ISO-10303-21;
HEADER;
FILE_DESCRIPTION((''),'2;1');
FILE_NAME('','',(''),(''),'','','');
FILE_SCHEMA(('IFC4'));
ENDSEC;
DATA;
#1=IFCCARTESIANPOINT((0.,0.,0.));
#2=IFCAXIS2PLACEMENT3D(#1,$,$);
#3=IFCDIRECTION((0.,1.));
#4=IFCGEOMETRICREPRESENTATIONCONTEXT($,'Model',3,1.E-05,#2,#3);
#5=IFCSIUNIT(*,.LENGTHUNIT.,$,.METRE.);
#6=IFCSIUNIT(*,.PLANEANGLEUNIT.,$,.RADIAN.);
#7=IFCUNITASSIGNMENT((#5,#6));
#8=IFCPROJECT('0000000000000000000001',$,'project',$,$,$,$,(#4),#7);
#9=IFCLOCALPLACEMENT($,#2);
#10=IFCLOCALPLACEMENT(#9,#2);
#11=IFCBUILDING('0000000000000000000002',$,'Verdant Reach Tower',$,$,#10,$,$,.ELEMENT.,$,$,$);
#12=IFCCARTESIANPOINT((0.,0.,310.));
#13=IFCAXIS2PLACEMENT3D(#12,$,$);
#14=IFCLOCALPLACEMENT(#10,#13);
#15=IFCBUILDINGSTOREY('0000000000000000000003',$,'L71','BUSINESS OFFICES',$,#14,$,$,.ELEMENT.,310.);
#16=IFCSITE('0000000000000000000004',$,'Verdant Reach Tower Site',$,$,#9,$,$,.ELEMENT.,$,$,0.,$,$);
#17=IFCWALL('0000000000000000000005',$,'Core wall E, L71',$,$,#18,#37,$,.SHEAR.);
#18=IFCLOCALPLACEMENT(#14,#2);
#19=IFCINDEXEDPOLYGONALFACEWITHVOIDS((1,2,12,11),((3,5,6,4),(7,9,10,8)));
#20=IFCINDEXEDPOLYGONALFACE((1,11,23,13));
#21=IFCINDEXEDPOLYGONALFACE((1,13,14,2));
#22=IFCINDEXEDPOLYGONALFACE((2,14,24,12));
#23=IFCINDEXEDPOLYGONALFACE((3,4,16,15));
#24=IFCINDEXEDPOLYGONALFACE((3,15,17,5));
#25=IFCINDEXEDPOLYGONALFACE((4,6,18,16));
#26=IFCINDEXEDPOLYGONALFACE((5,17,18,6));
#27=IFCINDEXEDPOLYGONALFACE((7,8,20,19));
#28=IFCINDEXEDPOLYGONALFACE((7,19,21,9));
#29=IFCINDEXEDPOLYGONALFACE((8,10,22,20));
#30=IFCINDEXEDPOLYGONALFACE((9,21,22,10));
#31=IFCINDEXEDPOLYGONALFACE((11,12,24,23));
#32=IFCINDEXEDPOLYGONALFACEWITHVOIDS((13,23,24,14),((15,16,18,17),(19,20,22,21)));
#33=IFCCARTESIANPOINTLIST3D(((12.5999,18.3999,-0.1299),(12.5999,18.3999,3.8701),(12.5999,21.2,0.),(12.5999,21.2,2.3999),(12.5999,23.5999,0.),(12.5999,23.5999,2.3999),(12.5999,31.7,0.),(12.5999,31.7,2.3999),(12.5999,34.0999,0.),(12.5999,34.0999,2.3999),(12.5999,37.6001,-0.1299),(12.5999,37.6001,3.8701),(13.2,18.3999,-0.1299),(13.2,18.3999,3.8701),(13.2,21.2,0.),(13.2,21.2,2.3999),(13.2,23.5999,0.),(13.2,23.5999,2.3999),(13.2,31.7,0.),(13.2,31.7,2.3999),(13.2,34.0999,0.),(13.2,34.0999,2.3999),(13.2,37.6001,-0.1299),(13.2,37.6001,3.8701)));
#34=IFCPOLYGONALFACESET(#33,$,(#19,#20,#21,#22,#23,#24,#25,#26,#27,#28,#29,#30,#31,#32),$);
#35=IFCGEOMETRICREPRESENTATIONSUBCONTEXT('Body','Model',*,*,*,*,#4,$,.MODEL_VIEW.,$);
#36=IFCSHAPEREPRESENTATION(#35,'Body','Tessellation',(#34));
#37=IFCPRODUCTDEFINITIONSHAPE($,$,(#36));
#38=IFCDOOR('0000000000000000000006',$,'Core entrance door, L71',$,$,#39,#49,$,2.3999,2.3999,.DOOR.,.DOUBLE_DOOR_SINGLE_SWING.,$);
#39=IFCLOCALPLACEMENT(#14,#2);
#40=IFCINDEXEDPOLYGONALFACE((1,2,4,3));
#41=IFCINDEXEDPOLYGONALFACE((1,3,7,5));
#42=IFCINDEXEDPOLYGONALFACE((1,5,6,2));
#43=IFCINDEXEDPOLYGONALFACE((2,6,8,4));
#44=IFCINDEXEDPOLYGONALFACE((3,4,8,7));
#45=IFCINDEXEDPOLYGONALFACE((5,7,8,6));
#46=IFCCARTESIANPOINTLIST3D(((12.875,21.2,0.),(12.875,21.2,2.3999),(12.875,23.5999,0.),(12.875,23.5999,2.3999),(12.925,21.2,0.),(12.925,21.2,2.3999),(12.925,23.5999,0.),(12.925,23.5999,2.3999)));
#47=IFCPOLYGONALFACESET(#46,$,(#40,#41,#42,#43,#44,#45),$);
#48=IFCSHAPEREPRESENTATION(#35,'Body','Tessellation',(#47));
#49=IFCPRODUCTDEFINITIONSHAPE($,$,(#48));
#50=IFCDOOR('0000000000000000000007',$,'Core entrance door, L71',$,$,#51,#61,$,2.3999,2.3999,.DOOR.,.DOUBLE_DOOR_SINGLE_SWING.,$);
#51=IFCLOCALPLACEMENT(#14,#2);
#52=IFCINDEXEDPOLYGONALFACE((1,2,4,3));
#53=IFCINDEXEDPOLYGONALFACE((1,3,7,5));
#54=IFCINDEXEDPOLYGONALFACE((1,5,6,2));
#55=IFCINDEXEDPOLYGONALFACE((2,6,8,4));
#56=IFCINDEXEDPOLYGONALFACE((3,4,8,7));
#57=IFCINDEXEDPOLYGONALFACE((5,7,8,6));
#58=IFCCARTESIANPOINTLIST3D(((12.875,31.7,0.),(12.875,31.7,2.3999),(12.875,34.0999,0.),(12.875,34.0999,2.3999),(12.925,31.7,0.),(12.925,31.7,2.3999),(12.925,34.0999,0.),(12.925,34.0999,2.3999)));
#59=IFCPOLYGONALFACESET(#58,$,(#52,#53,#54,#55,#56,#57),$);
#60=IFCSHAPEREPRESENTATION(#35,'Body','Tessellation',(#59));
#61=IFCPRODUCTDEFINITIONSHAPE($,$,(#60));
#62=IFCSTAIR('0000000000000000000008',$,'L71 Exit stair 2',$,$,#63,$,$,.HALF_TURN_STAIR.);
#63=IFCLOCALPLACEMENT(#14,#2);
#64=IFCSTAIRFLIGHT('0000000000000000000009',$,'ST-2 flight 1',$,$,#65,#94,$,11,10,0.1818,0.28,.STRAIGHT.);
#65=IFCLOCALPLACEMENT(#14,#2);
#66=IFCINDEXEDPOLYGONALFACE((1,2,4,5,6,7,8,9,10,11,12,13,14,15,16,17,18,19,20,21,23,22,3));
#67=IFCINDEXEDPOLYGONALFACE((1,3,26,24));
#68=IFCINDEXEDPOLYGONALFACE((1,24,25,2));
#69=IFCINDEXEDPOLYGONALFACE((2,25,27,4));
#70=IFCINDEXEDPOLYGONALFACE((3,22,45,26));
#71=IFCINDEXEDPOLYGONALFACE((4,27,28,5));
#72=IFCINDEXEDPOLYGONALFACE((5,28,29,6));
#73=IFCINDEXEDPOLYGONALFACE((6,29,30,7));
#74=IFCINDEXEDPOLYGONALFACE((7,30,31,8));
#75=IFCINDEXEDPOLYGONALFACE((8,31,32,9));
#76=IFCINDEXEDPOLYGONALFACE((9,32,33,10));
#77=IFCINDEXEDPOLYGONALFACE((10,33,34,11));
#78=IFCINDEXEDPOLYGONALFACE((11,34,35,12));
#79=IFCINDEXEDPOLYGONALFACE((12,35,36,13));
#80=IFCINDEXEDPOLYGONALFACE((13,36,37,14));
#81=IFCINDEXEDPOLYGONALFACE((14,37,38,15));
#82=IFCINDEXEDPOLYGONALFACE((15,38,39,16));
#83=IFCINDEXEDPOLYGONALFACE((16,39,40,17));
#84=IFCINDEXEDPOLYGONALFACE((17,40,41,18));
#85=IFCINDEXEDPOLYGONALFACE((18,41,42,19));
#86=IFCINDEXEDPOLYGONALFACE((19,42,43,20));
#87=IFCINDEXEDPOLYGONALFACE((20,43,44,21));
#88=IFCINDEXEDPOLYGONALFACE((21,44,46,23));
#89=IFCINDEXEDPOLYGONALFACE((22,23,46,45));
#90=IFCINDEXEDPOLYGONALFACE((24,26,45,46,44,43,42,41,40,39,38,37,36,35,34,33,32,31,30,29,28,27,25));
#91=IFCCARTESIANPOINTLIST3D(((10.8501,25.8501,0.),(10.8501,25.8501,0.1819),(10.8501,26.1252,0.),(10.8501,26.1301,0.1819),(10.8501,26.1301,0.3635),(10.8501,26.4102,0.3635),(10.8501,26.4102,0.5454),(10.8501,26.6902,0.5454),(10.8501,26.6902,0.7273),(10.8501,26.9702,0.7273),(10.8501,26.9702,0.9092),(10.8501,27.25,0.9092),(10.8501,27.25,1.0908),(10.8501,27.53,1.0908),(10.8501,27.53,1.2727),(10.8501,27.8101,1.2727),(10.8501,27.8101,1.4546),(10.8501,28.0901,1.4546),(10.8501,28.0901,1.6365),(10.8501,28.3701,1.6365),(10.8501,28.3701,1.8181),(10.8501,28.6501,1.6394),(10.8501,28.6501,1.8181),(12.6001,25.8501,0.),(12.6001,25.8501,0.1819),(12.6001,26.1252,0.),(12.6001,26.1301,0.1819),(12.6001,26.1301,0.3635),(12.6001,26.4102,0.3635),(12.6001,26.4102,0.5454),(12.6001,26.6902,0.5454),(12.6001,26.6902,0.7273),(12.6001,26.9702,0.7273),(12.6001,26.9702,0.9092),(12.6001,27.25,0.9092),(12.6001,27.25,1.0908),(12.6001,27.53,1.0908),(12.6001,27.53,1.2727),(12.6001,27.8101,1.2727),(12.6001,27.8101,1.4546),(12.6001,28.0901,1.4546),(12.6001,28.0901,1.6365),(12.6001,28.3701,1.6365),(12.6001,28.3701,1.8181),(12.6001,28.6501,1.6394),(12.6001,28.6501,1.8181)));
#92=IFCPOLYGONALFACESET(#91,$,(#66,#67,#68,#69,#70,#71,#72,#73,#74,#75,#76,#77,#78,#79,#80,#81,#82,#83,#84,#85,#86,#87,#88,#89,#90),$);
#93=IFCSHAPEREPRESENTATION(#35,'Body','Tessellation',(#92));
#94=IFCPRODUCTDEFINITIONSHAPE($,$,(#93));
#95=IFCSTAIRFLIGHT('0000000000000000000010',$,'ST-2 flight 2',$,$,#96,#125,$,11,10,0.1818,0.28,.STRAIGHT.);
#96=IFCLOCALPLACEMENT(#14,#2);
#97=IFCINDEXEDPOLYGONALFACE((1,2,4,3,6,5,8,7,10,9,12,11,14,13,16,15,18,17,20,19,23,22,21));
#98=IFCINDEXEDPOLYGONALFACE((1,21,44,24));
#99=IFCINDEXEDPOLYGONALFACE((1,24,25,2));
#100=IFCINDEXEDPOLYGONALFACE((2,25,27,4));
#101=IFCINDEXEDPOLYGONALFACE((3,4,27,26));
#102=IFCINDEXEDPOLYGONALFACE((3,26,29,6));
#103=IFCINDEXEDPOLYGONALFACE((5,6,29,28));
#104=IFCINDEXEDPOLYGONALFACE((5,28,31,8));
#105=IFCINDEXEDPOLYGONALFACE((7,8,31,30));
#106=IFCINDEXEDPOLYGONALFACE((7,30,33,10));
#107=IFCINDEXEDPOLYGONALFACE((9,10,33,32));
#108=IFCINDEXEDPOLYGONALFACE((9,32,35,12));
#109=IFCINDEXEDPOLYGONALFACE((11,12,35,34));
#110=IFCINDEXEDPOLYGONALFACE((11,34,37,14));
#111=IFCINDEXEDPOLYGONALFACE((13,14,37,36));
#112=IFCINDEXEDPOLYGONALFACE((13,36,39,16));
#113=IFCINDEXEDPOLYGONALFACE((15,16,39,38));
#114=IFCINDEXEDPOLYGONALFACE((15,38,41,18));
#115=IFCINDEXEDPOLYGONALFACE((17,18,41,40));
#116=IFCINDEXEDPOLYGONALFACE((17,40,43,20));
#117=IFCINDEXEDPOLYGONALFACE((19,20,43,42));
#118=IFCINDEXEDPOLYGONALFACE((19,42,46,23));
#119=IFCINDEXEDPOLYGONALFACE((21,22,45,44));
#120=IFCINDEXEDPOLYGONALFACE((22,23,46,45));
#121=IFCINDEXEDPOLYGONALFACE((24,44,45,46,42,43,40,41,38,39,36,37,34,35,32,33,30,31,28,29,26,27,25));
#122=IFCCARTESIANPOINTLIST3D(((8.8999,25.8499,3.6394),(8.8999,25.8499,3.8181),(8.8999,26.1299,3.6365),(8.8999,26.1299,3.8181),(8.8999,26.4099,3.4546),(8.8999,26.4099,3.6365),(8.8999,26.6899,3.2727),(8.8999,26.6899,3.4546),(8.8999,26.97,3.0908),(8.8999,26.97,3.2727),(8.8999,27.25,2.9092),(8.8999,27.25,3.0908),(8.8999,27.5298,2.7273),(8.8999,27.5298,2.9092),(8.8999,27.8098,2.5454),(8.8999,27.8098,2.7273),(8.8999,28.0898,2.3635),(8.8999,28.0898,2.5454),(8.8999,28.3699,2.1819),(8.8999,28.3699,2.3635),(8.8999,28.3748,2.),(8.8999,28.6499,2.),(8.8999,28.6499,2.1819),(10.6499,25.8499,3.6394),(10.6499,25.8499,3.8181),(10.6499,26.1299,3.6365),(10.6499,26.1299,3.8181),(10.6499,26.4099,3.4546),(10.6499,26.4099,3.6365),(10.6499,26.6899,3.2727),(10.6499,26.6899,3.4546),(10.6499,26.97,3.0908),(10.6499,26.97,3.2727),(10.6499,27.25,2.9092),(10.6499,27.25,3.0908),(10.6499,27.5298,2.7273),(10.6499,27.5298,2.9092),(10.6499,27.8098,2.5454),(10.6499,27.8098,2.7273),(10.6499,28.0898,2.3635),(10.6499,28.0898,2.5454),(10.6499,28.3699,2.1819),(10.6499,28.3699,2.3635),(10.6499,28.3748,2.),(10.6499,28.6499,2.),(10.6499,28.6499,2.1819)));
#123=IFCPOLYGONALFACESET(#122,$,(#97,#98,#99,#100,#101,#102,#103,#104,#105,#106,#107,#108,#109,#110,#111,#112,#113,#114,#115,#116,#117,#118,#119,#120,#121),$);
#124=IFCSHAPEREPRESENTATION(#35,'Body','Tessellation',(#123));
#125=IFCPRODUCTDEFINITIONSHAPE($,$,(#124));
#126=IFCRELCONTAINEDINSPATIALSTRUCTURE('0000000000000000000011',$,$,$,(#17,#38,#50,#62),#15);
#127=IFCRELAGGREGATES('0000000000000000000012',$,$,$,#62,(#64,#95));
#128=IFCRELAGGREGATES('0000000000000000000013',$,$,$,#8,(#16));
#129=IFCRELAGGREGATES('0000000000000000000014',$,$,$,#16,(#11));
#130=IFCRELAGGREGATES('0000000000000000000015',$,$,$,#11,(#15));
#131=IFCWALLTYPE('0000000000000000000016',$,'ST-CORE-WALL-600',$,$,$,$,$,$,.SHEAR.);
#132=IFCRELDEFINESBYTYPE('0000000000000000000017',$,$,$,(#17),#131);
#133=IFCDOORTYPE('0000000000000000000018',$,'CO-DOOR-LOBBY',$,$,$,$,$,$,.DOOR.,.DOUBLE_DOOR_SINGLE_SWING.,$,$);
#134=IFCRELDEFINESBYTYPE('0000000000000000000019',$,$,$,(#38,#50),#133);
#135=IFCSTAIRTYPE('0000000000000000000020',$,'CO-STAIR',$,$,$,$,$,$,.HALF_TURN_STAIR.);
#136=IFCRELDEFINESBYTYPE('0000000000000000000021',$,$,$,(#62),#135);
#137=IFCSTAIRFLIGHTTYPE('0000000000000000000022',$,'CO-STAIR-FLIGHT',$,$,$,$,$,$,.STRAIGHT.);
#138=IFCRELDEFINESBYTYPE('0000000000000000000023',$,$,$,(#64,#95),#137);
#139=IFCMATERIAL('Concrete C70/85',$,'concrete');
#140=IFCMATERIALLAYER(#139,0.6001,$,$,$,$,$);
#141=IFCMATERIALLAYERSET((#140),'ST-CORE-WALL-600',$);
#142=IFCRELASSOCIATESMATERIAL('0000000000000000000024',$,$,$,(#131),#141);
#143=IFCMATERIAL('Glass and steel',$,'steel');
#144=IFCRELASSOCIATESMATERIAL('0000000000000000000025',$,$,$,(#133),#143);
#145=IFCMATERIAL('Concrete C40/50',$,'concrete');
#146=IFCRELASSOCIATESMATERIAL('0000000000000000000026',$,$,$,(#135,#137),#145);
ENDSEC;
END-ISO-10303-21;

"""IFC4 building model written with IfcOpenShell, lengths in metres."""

from ifc_helpers import new_model, si_unit, direction, frame, frame_2d, origin, place, context, subcontext, project, spatial, polyline, rectangle, outline, extrude, material, layer, layer_set, type_object, element, fill, aggregate, save


model = new_model("IFC4")

# Units and contexts
model_context = context("Model", 3, precision=1e-05, world=origin(), true_north=direction((0.0, 1.0)))
body_context = subcontext(model_context, "Body", "Model", "MODEL_VIEW")
ifc_project = project(units=[si_unit("LENGTHUNIT", "METRE"), si_unit("PLANEANGLEUNIT", "RADIAN")], contexts=[model_context])

# Site, building, storey
site_placement = place(None, origin())
site = spatial("IfcSite", under=ifc_project, at=site_placement, Name="Verdant Reach Tower Site", CompositionType="ELEMENT", RefElevation=0.0)
building_placement = place(site_placement, origin())
building = spatial("IfcBuilding", under=site, at=building_placement, Name="Verdant Reach Tower", CompositionType="ELEMENT")
storey_placement = place(building_placement, frame((0.0, 0.0, 310.0)))
storey = spatial("IfcBuildingStorey", under=building, at=storey_placement, Name="L71", Description="BUSINESS OFFICES", CompositionType="ELEMENT", Elevation=310.0)

# Shared definitions
ifc_material_1 = material(Name="Concrete C40/50", Category="concrete")

# Wall, openings, doors
ifc_material_2 = material(Name="Concrete C70/85", Category="concrete")
ifc_layer_1 = layer(ifc_material_2, 0.6001)
ifc_layer_set_1 = layer_set([ifc_layer_1], Name="ST-CORE-WALL-600")
wall_type_1 = type_object("IfcWallType", Name="ST-CORE-WALL-600", PredefinedType="SHEAR", material=ifc_layer_set_1)
wall_1_placement = place(storey_placement, frame((12.8999, 18.3999, -0.1299), z_axis=(0.0, 0.0, 1.0), x_axis=(0.0, 1.0, 0.0)))
wall_1 = element("IfcWall", 1, at=wall_1_placement, inside=storey, type_object=wall_type_1, Name="Core wall E, L71", PredefinedType="SHEAR", context=body_context, shape_type="SweptSolid", body=[
    extrude(rectangle(XDim=19.2002, YDim=0.6001, at=frame_2d((9.6001, 0.0))), origin(), (0.0, 0.0, 1.0), 4.0),
])
opening_1_placement = place(wall_1_placement, frame((2.8, 0.0, 0.1299)))
opening_1 = element("IfcOpeningElement", 2, at=opening_1_placement, cuts=wall_1, PredefinedType="OPENING", context=body_context, shape_type="SweptSolid", body=[
    extrude(rectangle(XDim=2.3999, YDim=2.3999, at=frame_2d((1.2, 1.2))), frame((0.0, 0.3101, 0.0), z_axis=(0.0, -1.0, 0.0), x_axis=(1.0, 0.0, 0.0)), (0.0, 0.0, 1.0), 0.6201),
])
opening_2_placement = place(wall_1_placement, frame((13.3, 0.0, 0.1299)))
opening_2 = element("IfcOpeningElement", 3, at=opening_2_placement, cuts=wall_1, PredefinedType="OPENING", context=body_context, shape_type="SweptSolid", body=[
    extrude(rectangle(XDim=2.3999, YDim=2.3999, at=frame_2d((1.2, 1.2))), frame((0.0, 0.3101, 0.0), z_axis=(0.0, -1.0, 0.0), x_axis=(1.0, 0.0, 0.0)), (0.0, 0.0, 1.0), 0.6201),
])
ifc_material_3 = material(Name="Glass and steel", Category="steel")
door_type_1 = type_object("IfcDoorType", Name="CO-DOOR-LOBBY", OperationType="DOUBLE_DOOR_SINGLE_SWING", PredefinedType="DOOR", material=ifc_material_3)
door_1_placement = place(opening_1_placement, origin())
door_1 = element("IfcDoor", 4, at=door_1_placement, inside=storey, type_object=door_type_1, Name="Core entrance door, L71", OperationType="DOUBLE_DOOR_SINGLE_SWING", OverallHeight=2.3999, OverallWidth=2.3999, PredefinedType="DOOR", context=body_context, shape_type="SweptSolid", body=[
    extrude(rectangle(XDim=2.3999, YDim=2.3999, at=frame_2d((1.2, 1.2))), frame((0.0, 0.0249, 0.0), z_axis=(0.0, -1.0, 0.0), x_axis=(1.0, 0.0, 0.0)), (0.0, 0.0, 1.0), 0.05),
])
fill(opening_1, door_1)
door_2_placement = place(opening_2_placement, origin())
door_2 = element("IfcDoor", 5, at=door_2_placement, inside=storey, type_object=door_type_1, Name="Core entrance door, L71", OperationType="DOUBLE_DOOR_SINGLE_SWING", OverallHeight=2.3999, OverallWidth=2.3999, PredefinedType="DOOR", context=body_context, shape_type="SweptSolid", body=[
    extrude(rectangle(XDim=2.3999, YDim=2.3999, at=frame_2d((1.2, 1.2))), frame((0.0, 0.0249, 0.0), z_axis=(0.0, -1.0, 0.0), x_axis=(1.0, 0.0, 0.0)), (0.0, 0.0, 1.0), 0.05),
])
fill(opening_2, door_2)

# Stair, stair flights
stair_type = type_object("IfcStairType", Name="CO-STAIR", PredefinedType="HALF_TURN_STAIR", material=ifc_material_1)
stair_placement = place(storey_placement, origin())
stair = element("IfcStair", 6, at=stair_placement, inside=storey, type_object=stair_type, Name="L71 Exit stair 2", PredefinedType="HALF_TURN_STAIR")
stair_flight_type = type_object("IfcStairFlightType", Name="CO-STAIR-FLIGHT", PredefinedType="STRAIGHT", material=ifc_material_1)
stair_flight_1_placement = place(storey_placement, frame((11.7251, 25.8501, 0.0), z_axis=(0.0, 0.0, 1.0), x_axis=(0.0, 1.0, 0.0)))
stair_flight_1 = element("IfcStairFlight", 7, at=stair_flight_1_placement, type_object=stair_flight_type, Name="ST-2 flight 1", NumberOfRisers=11, NumberOfTreads=10, PredefinedType="STRAIGHT", RiserHeight=0.1818, TreadLength=0.28, context=body_context, shape_type="SweptSolid", body=[
    extrude(outline(polyline([(0.0, 0.0), (0.0, 0.1819), (0.28, 0.1819), (0.28, 0.3635), (0.5601, 0.3635), (0.5601, 0.5454), (0.8401, 0.5454), (0.8401, 0.7273), (1.1201, 0.7273), (1.1201, 0.9092), (1.3999, 0.9092), (1.3999, 1.0908), (1.6799, 1.0908), (1.6799, 1.2727), (1.96, 1.2727), (1.96, 1.4546), (2.24, 1.4546), (2.24, 1.6365), (2.52, 1.6365), (2.52, 1.8181), (2.8, 1.8181), (2.8, 2.0), (2.8, 1.6394), (0.2751, 0.0), (0.0, 0.0)])), frame((0.0, 0.875, 0.0), z_axis=(0.0, -1.0, 0.0), x_axis=(1.0, 0.0, 0.0)), (0.0, 0.0, 1.0), 1.75),
])
stair_flight_2_placement = place(storey_placement, frame((9.7749, 28.6499, 2.0), z_axis=(0.0, 0.0, 1.0), x_axis=(0.0, -1.0, 0.0)))
stair_flight_2 = element("IfcStairFlight", 8, at=stair_flight_2_placement, type_object=stair_flight_type, Name="ST-2 flight 2", NumberOfRisers=11, NumberOfTreads=10, PredefinedType="STRAIGHT", RiserHeight=0.1818, TreadLength=0.28, context=body_context, shape_type="SweptSolid", body=[
    extrude(outline(polyline([(0.0, 0.0), (0.0, 0.1819), (0.28, 0.1819), (0.28, 0.3635), (0.5601, 0.3635), (0.5601, 0.5454), (0.8401, 0.5454), (0.8401, 0.7273), (1.1201, 0.7273), (1.1201, 0.9092), (1.3999, 0.9092), (1.3999, 1.0908), (1.6799, 1.0908), (1.6799, 1.2727), (1.96, 1.2727), (1.96, 1.4546), (2.24, 1.4546), (2.24, 1.6365), (2.52, 1.6365), (2.52, 1.8181), (2.8, 1.8181), (2.8, 2.0), (2.8, 1.6394), (0.2751, 0.0), (0.0, 0.0)])), frame((0.0, 0.875, 0.0), z_axis=(0.0, -1.0, 0.0), x_axis=(1.0, 0.0, 0.0)), (0.0, 0.0, 1.0), 1.75),
])
aggregate(stair, [stair_flight_1, stair_flight_2])

save(model, "model.ifc")
